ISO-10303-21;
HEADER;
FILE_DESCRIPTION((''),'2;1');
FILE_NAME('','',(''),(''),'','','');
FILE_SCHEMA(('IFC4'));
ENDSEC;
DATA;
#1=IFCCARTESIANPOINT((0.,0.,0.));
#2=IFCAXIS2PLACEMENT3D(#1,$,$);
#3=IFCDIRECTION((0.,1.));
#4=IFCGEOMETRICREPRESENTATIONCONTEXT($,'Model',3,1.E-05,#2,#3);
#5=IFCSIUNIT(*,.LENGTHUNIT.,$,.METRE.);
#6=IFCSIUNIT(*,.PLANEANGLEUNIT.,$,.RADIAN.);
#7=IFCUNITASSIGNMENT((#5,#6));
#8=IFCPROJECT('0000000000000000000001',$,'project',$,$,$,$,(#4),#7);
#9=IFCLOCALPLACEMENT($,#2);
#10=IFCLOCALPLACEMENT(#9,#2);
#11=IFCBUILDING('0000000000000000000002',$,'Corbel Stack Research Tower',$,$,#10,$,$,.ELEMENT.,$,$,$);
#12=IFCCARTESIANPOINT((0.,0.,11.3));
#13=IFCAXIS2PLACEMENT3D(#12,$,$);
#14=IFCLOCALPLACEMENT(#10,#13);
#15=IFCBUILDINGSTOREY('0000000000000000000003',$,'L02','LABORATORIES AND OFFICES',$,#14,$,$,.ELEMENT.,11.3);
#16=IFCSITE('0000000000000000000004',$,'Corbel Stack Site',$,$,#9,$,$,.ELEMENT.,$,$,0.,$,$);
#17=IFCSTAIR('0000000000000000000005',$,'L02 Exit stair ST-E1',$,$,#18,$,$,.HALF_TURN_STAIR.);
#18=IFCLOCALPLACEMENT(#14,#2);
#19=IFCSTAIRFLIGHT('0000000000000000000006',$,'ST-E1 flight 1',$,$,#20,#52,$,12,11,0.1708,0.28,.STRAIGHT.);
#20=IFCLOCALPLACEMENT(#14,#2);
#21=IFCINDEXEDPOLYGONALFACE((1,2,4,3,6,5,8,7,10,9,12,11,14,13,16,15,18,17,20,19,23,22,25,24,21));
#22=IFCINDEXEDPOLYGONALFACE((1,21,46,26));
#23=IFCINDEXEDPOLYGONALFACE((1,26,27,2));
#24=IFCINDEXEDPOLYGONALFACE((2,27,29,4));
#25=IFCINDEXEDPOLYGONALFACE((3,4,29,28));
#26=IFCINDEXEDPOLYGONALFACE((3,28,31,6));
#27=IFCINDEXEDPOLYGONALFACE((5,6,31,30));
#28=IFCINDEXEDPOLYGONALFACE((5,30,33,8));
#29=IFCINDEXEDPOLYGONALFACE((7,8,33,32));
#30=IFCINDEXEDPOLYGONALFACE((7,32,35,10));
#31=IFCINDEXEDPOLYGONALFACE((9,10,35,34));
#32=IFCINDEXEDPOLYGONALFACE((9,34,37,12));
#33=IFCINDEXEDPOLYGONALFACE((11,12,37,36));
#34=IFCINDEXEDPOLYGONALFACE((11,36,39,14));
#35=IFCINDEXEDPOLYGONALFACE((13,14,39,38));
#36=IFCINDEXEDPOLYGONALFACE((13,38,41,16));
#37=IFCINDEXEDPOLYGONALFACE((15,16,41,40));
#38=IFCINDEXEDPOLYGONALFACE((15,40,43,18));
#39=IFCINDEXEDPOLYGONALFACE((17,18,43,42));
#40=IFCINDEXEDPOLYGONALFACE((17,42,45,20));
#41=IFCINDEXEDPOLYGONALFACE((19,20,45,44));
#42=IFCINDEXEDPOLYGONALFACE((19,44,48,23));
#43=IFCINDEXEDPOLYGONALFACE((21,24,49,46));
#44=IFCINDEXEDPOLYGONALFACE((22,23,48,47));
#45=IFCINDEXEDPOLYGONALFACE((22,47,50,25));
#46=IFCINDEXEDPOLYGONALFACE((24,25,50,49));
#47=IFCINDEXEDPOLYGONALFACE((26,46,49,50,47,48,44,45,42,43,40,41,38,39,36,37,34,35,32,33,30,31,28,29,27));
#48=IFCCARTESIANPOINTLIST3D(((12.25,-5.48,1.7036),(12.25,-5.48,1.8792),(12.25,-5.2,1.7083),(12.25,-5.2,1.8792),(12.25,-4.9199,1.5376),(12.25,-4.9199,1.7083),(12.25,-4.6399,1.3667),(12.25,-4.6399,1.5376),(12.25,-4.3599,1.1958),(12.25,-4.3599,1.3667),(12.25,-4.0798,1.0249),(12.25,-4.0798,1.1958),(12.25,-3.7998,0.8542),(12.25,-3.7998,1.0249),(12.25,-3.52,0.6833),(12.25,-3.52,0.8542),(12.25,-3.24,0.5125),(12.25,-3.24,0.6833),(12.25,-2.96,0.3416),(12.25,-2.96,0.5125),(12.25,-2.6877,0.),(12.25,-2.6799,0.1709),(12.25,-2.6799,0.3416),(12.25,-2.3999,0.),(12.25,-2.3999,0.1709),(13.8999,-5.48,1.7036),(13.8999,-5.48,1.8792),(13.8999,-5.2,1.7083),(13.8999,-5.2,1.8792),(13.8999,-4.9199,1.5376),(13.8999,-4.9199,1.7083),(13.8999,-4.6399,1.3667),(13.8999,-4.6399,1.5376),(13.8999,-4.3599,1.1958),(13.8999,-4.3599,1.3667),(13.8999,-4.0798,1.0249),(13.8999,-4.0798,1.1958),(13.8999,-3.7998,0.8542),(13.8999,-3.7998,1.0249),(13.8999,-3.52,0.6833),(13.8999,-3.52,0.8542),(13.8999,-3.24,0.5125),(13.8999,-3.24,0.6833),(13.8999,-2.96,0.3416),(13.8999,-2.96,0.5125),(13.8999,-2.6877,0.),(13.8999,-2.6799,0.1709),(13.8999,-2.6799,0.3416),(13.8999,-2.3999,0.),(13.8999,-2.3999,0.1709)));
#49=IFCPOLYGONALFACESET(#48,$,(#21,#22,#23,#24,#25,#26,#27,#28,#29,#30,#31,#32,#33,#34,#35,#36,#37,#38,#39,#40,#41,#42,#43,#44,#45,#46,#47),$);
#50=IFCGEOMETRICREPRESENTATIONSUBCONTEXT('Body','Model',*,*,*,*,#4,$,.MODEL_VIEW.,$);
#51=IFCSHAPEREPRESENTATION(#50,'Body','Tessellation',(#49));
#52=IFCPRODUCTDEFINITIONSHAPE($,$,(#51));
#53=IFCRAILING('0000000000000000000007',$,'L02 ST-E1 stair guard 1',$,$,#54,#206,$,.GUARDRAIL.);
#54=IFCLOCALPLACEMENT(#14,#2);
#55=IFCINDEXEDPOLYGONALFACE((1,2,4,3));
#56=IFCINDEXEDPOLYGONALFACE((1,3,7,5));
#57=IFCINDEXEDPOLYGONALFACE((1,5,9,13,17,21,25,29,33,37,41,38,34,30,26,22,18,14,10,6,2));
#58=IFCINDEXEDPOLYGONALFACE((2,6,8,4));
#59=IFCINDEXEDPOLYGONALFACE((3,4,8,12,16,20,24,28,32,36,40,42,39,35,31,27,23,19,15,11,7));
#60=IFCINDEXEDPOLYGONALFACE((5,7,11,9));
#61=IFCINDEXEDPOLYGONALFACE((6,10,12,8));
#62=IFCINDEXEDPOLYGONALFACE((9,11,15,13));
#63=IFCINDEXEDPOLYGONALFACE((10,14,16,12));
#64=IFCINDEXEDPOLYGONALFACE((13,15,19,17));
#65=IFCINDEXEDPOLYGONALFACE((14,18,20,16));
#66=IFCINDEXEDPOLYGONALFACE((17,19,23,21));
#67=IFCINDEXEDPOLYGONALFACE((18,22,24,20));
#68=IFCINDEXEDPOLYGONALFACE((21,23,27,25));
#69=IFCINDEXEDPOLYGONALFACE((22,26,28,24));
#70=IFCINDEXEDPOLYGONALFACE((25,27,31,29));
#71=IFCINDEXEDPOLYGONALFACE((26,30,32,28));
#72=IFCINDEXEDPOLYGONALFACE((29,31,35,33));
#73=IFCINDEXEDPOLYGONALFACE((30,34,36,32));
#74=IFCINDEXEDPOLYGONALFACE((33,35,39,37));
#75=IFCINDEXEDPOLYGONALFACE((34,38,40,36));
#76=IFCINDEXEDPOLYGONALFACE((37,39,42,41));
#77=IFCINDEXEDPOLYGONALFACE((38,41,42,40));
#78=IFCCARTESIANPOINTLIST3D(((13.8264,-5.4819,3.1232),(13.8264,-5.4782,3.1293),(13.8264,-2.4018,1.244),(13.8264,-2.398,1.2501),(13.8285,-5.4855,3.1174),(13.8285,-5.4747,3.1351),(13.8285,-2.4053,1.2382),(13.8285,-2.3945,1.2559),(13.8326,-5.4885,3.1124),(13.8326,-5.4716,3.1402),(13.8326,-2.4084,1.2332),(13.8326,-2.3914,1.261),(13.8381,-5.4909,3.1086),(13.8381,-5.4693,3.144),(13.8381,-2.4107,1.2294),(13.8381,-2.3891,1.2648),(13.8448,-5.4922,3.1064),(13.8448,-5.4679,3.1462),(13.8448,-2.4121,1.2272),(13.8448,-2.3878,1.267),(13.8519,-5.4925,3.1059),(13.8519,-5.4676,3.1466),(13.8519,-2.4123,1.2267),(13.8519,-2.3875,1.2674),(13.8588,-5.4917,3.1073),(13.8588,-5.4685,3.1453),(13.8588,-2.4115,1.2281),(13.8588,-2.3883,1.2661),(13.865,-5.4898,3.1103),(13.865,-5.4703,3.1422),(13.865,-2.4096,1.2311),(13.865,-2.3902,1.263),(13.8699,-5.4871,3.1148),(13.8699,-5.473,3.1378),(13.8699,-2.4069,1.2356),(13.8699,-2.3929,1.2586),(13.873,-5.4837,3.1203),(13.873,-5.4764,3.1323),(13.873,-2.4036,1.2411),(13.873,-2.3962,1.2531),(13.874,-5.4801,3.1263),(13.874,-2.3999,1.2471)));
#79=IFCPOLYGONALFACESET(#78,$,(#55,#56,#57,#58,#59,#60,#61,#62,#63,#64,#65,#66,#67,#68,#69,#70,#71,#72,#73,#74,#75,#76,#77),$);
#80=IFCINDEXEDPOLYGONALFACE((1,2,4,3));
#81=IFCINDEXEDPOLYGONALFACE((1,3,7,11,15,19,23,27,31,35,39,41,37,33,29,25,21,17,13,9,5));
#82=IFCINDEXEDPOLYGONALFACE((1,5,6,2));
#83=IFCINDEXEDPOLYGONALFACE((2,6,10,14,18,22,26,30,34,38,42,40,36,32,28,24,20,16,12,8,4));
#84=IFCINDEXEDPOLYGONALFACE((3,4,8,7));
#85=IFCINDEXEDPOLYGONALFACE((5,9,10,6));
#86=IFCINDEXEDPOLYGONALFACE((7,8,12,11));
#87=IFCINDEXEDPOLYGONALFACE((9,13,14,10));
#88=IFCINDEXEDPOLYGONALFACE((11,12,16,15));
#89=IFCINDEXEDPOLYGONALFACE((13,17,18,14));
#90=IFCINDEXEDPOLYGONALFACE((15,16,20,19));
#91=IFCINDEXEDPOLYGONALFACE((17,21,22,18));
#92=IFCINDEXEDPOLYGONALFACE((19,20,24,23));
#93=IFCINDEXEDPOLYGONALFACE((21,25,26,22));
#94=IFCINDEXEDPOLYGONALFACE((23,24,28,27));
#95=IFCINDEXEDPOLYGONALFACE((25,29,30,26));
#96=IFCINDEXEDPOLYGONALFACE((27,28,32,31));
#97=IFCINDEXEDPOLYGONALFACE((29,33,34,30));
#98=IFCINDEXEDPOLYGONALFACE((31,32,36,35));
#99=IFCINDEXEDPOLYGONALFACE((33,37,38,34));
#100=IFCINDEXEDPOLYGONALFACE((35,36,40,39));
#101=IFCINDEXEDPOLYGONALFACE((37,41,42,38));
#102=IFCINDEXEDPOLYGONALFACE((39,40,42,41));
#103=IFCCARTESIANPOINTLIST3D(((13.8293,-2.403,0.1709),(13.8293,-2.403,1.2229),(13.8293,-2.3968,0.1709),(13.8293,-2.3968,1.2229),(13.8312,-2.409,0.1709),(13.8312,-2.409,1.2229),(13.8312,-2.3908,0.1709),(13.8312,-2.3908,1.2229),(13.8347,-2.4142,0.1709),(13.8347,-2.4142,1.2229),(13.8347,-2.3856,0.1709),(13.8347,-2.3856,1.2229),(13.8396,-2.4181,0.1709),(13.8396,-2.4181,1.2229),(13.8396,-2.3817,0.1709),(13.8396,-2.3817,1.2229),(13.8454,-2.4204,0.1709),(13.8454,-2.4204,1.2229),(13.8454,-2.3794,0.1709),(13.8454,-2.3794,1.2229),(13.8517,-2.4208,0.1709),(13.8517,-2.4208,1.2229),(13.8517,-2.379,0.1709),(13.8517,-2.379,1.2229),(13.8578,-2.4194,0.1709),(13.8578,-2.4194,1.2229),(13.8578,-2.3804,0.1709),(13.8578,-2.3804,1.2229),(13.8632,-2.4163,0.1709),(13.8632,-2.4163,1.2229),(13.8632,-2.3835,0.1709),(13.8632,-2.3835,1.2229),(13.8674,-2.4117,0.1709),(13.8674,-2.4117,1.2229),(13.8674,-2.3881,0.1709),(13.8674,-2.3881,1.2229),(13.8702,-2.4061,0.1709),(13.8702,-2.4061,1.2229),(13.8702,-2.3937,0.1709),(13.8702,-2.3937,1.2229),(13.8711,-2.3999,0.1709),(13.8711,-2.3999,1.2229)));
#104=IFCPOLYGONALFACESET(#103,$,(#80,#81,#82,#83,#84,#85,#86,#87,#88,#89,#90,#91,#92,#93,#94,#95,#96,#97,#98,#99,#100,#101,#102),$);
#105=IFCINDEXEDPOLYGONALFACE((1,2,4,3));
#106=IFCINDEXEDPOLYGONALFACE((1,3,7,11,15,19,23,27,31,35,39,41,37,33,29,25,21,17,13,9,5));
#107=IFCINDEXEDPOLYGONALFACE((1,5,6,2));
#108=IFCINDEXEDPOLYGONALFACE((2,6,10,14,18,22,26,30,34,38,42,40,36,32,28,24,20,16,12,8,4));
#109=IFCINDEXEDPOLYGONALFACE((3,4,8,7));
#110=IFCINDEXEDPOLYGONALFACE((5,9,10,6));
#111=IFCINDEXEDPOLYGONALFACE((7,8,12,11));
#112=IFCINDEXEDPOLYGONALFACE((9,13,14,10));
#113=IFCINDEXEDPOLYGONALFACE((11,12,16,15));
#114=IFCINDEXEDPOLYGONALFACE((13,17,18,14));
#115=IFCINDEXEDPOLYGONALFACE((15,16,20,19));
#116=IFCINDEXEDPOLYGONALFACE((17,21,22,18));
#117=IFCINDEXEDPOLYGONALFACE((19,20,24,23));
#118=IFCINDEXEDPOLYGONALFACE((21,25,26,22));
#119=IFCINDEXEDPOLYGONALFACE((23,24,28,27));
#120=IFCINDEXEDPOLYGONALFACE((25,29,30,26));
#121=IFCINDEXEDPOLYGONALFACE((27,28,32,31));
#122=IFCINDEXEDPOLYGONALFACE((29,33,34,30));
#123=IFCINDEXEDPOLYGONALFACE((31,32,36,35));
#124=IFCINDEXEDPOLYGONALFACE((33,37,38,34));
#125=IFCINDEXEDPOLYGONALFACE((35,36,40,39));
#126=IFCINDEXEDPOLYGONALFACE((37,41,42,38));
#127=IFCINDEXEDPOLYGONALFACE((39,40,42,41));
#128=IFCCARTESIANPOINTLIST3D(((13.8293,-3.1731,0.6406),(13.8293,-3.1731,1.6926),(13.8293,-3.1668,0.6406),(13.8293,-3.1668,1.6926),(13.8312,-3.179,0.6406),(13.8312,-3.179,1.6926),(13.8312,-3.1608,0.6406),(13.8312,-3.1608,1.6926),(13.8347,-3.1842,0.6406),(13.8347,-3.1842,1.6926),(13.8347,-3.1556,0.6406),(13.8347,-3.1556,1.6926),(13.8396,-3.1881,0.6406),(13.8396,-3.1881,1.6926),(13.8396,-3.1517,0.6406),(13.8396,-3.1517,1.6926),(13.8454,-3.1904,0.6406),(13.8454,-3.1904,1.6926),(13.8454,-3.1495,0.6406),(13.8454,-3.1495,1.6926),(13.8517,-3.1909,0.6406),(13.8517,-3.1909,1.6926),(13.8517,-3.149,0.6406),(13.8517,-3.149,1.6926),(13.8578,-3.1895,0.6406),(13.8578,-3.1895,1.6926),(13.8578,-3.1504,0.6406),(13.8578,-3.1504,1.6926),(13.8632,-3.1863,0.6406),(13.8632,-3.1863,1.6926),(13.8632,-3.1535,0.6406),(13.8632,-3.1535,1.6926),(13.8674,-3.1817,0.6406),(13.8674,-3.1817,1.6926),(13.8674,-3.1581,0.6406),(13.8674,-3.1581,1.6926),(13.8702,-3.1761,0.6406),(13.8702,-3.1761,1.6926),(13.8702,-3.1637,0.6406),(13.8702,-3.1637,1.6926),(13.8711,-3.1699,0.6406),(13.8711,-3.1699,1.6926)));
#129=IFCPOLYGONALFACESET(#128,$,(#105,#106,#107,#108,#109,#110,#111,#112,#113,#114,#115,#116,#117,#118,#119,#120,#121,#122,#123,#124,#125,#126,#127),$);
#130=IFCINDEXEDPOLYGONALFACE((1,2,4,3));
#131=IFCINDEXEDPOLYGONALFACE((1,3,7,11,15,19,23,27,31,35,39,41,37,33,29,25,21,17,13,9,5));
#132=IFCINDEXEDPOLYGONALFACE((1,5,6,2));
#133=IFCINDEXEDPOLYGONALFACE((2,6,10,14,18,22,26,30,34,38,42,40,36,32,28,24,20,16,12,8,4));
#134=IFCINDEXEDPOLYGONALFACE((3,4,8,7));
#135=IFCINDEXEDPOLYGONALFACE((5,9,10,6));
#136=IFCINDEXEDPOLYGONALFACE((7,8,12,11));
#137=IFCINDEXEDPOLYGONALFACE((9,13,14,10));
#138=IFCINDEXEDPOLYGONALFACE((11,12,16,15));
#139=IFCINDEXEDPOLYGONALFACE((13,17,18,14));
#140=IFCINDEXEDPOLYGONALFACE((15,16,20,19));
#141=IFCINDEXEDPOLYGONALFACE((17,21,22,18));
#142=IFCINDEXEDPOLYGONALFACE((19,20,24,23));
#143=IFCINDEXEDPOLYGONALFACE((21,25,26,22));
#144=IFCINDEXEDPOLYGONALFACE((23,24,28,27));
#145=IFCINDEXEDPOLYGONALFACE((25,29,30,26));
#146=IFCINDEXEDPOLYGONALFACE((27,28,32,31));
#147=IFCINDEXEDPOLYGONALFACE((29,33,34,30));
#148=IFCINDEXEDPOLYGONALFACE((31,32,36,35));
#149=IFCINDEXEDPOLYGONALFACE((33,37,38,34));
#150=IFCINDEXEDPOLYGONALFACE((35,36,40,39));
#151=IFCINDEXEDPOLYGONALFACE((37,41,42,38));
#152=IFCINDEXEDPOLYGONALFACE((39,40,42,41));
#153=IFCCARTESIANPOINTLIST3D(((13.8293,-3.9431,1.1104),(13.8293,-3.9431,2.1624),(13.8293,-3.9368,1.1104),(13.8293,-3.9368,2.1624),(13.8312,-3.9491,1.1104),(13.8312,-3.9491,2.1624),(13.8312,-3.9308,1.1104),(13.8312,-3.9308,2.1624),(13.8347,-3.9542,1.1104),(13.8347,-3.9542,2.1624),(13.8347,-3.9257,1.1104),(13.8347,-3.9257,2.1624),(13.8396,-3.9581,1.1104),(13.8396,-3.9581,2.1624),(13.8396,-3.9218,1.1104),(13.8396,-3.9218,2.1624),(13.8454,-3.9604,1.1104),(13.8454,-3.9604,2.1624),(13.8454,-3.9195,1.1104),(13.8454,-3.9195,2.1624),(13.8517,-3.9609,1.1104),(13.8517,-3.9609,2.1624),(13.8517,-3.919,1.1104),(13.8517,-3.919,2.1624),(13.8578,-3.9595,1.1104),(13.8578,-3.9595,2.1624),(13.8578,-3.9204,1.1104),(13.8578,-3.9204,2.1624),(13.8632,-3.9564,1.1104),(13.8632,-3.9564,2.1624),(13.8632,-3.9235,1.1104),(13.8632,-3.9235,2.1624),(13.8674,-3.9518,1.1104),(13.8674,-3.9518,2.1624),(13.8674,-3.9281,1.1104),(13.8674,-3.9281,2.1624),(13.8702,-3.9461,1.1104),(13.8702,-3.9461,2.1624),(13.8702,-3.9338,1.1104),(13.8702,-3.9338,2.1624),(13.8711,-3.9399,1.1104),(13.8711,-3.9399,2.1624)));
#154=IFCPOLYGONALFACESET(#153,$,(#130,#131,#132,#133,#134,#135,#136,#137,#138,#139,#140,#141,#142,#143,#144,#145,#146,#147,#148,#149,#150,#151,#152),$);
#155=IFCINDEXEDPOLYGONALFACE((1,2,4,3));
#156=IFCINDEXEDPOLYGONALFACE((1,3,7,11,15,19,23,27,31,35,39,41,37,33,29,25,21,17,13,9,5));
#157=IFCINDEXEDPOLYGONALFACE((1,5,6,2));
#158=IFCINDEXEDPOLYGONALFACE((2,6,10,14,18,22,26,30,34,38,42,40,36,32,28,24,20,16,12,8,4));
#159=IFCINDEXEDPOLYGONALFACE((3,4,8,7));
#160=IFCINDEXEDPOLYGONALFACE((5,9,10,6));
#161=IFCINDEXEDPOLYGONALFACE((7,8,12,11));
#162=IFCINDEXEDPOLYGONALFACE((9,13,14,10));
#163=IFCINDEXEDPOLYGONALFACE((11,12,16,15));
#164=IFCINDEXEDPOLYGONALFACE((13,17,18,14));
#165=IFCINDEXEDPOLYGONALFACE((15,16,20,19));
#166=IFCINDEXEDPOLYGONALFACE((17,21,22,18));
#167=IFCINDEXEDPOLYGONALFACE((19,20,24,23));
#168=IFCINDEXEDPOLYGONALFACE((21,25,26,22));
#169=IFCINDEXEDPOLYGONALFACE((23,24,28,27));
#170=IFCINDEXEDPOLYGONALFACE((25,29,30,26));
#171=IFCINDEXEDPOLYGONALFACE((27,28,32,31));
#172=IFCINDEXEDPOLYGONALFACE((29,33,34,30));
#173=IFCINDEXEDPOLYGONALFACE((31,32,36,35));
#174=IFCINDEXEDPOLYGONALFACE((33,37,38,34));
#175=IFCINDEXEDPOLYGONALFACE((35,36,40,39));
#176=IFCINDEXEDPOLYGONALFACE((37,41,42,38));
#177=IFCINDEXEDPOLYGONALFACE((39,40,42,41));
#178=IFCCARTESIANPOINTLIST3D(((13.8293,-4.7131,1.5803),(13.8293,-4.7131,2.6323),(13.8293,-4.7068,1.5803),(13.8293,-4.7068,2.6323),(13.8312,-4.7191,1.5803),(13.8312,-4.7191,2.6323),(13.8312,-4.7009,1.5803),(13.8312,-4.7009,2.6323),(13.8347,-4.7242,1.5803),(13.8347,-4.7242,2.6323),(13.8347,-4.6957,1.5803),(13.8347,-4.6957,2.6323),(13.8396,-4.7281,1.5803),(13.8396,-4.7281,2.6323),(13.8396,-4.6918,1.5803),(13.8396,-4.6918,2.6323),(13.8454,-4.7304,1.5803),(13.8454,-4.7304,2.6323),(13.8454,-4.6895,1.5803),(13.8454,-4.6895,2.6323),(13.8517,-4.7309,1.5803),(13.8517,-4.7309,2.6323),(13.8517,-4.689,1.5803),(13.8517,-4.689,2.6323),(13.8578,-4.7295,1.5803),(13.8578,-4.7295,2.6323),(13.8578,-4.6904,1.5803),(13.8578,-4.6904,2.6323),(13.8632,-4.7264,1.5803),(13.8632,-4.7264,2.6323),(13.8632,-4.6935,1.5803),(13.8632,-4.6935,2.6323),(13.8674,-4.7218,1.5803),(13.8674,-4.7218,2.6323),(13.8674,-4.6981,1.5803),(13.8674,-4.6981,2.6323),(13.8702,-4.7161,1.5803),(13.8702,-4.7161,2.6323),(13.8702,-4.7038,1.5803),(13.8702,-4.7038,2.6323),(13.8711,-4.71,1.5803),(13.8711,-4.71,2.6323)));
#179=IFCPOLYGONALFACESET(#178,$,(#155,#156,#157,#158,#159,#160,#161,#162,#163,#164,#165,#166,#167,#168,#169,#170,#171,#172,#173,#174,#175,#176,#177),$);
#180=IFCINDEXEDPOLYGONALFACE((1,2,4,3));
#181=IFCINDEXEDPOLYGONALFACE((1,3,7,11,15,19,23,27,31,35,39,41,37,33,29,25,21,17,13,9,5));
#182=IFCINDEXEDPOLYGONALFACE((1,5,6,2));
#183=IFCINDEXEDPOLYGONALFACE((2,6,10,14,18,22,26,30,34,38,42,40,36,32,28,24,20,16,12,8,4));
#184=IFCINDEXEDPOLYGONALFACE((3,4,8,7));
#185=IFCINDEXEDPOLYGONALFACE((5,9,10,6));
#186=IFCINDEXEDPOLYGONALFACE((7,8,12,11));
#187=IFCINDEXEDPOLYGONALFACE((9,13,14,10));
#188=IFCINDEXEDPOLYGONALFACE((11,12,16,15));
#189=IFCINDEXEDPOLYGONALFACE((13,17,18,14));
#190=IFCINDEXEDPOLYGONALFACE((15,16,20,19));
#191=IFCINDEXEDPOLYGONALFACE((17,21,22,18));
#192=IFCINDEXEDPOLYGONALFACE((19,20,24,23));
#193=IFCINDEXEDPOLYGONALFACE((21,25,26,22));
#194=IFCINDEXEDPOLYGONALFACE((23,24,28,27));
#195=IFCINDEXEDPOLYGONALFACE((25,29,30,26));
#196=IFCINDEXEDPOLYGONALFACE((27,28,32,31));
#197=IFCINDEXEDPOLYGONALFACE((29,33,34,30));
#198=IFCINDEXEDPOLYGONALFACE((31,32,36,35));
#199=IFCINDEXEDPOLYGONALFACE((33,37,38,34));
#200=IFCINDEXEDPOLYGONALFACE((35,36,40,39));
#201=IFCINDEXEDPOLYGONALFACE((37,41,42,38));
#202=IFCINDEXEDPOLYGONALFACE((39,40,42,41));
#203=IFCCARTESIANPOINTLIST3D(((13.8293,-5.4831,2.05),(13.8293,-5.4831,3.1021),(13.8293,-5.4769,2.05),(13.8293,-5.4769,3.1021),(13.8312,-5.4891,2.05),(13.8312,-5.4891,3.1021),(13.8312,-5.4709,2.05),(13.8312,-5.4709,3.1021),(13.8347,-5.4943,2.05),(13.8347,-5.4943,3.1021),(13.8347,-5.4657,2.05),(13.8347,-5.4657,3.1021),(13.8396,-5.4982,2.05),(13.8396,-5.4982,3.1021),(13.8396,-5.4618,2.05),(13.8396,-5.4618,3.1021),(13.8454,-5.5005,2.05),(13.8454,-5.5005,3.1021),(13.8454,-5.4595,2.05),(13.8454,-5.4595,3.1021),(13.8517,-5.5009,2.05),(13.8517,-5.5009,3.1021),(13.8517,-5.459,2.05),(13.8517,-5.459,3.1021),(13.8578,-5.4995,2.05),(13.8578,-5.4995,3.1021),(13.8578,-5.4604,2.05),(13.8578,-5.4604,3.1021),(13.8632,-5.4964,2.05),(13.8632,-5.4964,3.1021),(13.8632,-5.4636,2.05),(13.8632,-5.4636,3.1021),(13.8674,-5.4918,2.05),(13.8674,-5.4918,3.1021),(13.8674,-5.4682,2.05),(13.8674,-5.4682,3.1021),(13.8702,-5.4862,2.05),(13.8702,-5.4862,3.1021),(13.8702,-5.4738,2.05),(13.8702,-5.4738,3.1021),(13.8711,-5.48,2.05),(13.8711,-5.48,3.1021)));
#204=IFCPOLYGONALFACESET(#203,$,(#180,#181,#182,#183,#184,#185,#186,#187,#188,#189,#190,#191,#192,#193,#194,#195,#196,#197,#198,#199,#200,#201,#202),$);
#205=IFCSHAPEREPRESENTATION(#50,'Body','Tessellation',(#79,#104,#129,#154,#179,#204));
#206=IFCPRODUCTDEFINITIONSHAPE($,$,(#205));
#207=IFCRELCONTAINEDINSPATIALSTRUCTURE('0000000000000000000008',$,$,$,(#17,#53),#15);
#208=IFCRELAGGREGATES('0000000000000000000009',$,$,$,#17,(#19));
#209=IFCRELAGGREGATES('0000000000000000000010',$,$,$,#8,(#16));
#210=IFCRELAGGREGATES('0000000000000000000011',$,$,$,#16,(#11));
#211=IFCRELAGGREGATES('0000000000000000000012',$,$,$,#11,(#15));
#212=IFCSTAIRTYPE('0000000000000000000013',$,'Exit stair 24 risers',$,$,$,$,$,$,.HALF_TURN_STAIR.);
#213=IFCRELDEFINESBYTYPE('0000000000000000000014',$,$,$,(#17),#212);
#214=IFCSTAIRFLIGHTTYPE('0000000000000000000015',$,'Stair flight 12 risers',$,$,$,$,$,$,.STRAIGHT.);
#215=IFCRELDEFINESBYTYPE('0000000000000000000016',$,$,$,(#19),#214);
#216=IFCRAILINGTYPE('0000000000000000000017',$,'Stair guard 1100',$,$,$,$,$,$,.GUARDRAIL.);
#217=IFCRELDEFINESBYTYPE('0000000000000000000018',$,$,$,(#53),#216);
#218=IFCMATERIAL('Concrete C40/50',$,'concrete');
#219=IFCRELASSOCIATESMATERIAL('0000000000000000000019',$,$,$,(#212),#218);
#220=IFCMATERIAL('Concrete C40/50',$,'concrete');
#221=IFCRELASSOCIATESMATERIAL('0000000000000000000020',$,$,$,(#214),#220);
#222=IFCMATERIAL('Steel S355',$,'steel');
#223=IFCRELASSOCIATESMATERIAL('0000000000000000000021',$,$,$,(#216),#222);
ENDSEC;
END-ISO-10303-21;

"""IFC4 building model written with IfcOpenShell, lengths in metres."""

from ifc_helpers import new_model, si_unit, direction, frame, origin, origin_2d, place, context, subcontext, project, spatial, polyline, circle, outline, extrude, material, type_object, element, aggregate, save


model = new_model("IFC4")

# Units and contexts
model_context = context("Model", 3, precision=1e-05, world=origin(), true_north=direction((0.0, 1.0)))
body_context = subcontext(model_context, "Body", "Model", "MODEL_VIEW")
ifc_project = project(units=[si_unit("LENGTHUNIT", "METRE"), si_unit("PLANEANGLEUNIT", "RADIAN")], contexts=[model_context])

# Site, building, storey
site_placement = place(None, origin())
site = spatial("IfcSite", under=ifc_project, at=site_placement, Name="Corbel Stack Site", CompositionType="ELEMENT", RefElevation=0.0)
building_placement = place(site_placement, origin())
building = spatial("IfcBuilding", under=site, at=building_placement, Name="Corbel Stack Research Tower", CompositionType="ELEMENT")
storey_placement = place(building_placement, frame((0.0, 0.0, 11.3)))
storey = spatial("IfcBuildingStorey", under=building, at=storey_placement, Name="L02", Description="LABORATORIES AND OFFICES", CompositionType="ELEMENT", Elevation=11.3)

# Stair, stair flight
ifc_material_1 = material(Name="Concrete C40/50", Category="concrete")
stair_type = type_object("IfcStairType", Name="Exit stair 24 risers", PredefinedType="HALF_TURN_STAIR", material=ifc_material_1)
stair_placement = place(storey_placement, origin())
stair = element("IfcStair", 1, at=stair_placement, inside=storey, type_object=stair_type, Name="L02 Exit stair ST-E1", PredefinedType="HALF_TURN_STAIR")
ifc_material_2 = material(Name="Concrete C40/50", Category="concrete")
stair_flight_type = type_object("IfcStairFlightType", Name="Stair flight 12 risers", PredefinedType="STRAIGHT", material=ifc_material_2)
stair_flight_placement = place(storey_placement, frame((13.075, -2.3999, 0.0), z_axis=(0.0, 0.0, 1.0), x_axis=(0.0, -1.0, 0.0)))
stair_flight = element("IfcStairFlight", 2, at=stair_flight_placement, type_object=stair_flight_type, Name="ST-E1 flight 1", NumberOfRisers=12, NumberOfTreads=11, PredefinedType="STRAIGHT", RiserHeight=0.1708, TreadLength=0.28, context=body_context, shape_type="SweptSolid", body=[
    extrude(outline(polyline([(0.0, 0.0), (0.0, 0.1709), (0.28, 0.1709), (0.28, 0.3416), (0.5601, 0.3416), (0.5601, 0.5125), (0.8401, 0.5125), (0.8401, 0.6833), (1.1201, 0.6833), (1.1201, 0.8542), (1.3999, 0.8542), (1.3999, 1.0249), (1.6799, 1.0249), (1.6799, 1.1958), (1.96, 1.1958), (1.96, 1.3667), (2.24, 1.3667), (2.24, 1.5376), (2.52, 1.5376), (2.52, 1.7083), (2.8, 1.7083), (2.8, 1.8792), (3.0801, 1.8792), (3.0801, 2.05), (3.0801, 1.7036), (0.2878, 0.0), (0.0, 0.0)])), frame((0.0, 0.825, 0.0), z_axis=(0.0, -1.0, 0.0), x_axis=(1.0, 0.0, 0.0)), (0.0, 0.0, 1.0), 1.6499),
])
aggregate(stair, [stair_flight])

# Railing
ifc_material_3 = material(Name="Steel S355", Category="steel")
railing_type_1 = type_object("IfcRailingType", Name="Stair guard 1100", PredefinedType="GUARDRAIL", material=ifc_material_3)
railing_1_placement = place(storey_placement, frame((13.8501, -2.3999, 0.1709)))
element("IfcRailing", 3, at=railing_1_placement, inside=storey, type_object=railing_type_1, Name="L02 ST-E1 stair guard 1", PredefinedType="GUARDRAIL", context=body_context, shape_type="SweptSolid", body=[
    extrude(circle(Radius=0.0239, at=origin_2d()), frame((0.0, 0.0, 1.0762), z_axis=(0.0, -0.853666, 0.52082), x_axis=(1.0, 0.0, 0.0)), (0.0, 0.0, 1.0), 3.6082),
    extrude(circle(Radius=0.021, at=origin_2d()), origin(), (0.0, 0.0, 1.0), 1.052),
    extrude(circle(Radius=0.021, at=origin_2d()), frame((0.0, -0.77, 0.4697)), (0.0, 0.0, 1.0), 1.052),
    extrude(circle(Radius=0.021, at=origin_2d()), frame((0.0, -1.54, 0.9395)), (0.0, 0.0, 1.0), 1.052),
    extrude(circle(Radius=0.021, at=origin_2d()), frame((0.0, -2.3101, 1.4094)), (0.0, 0.0, 1.0), 1.052),
    extrude(circle(Radius=0.021, at=origin_2d()), frame((0.0, -3.0801, 1.8792)), (0.0, 0.0, 1.0), 1.052),
])

save(model, "model.ifc")
